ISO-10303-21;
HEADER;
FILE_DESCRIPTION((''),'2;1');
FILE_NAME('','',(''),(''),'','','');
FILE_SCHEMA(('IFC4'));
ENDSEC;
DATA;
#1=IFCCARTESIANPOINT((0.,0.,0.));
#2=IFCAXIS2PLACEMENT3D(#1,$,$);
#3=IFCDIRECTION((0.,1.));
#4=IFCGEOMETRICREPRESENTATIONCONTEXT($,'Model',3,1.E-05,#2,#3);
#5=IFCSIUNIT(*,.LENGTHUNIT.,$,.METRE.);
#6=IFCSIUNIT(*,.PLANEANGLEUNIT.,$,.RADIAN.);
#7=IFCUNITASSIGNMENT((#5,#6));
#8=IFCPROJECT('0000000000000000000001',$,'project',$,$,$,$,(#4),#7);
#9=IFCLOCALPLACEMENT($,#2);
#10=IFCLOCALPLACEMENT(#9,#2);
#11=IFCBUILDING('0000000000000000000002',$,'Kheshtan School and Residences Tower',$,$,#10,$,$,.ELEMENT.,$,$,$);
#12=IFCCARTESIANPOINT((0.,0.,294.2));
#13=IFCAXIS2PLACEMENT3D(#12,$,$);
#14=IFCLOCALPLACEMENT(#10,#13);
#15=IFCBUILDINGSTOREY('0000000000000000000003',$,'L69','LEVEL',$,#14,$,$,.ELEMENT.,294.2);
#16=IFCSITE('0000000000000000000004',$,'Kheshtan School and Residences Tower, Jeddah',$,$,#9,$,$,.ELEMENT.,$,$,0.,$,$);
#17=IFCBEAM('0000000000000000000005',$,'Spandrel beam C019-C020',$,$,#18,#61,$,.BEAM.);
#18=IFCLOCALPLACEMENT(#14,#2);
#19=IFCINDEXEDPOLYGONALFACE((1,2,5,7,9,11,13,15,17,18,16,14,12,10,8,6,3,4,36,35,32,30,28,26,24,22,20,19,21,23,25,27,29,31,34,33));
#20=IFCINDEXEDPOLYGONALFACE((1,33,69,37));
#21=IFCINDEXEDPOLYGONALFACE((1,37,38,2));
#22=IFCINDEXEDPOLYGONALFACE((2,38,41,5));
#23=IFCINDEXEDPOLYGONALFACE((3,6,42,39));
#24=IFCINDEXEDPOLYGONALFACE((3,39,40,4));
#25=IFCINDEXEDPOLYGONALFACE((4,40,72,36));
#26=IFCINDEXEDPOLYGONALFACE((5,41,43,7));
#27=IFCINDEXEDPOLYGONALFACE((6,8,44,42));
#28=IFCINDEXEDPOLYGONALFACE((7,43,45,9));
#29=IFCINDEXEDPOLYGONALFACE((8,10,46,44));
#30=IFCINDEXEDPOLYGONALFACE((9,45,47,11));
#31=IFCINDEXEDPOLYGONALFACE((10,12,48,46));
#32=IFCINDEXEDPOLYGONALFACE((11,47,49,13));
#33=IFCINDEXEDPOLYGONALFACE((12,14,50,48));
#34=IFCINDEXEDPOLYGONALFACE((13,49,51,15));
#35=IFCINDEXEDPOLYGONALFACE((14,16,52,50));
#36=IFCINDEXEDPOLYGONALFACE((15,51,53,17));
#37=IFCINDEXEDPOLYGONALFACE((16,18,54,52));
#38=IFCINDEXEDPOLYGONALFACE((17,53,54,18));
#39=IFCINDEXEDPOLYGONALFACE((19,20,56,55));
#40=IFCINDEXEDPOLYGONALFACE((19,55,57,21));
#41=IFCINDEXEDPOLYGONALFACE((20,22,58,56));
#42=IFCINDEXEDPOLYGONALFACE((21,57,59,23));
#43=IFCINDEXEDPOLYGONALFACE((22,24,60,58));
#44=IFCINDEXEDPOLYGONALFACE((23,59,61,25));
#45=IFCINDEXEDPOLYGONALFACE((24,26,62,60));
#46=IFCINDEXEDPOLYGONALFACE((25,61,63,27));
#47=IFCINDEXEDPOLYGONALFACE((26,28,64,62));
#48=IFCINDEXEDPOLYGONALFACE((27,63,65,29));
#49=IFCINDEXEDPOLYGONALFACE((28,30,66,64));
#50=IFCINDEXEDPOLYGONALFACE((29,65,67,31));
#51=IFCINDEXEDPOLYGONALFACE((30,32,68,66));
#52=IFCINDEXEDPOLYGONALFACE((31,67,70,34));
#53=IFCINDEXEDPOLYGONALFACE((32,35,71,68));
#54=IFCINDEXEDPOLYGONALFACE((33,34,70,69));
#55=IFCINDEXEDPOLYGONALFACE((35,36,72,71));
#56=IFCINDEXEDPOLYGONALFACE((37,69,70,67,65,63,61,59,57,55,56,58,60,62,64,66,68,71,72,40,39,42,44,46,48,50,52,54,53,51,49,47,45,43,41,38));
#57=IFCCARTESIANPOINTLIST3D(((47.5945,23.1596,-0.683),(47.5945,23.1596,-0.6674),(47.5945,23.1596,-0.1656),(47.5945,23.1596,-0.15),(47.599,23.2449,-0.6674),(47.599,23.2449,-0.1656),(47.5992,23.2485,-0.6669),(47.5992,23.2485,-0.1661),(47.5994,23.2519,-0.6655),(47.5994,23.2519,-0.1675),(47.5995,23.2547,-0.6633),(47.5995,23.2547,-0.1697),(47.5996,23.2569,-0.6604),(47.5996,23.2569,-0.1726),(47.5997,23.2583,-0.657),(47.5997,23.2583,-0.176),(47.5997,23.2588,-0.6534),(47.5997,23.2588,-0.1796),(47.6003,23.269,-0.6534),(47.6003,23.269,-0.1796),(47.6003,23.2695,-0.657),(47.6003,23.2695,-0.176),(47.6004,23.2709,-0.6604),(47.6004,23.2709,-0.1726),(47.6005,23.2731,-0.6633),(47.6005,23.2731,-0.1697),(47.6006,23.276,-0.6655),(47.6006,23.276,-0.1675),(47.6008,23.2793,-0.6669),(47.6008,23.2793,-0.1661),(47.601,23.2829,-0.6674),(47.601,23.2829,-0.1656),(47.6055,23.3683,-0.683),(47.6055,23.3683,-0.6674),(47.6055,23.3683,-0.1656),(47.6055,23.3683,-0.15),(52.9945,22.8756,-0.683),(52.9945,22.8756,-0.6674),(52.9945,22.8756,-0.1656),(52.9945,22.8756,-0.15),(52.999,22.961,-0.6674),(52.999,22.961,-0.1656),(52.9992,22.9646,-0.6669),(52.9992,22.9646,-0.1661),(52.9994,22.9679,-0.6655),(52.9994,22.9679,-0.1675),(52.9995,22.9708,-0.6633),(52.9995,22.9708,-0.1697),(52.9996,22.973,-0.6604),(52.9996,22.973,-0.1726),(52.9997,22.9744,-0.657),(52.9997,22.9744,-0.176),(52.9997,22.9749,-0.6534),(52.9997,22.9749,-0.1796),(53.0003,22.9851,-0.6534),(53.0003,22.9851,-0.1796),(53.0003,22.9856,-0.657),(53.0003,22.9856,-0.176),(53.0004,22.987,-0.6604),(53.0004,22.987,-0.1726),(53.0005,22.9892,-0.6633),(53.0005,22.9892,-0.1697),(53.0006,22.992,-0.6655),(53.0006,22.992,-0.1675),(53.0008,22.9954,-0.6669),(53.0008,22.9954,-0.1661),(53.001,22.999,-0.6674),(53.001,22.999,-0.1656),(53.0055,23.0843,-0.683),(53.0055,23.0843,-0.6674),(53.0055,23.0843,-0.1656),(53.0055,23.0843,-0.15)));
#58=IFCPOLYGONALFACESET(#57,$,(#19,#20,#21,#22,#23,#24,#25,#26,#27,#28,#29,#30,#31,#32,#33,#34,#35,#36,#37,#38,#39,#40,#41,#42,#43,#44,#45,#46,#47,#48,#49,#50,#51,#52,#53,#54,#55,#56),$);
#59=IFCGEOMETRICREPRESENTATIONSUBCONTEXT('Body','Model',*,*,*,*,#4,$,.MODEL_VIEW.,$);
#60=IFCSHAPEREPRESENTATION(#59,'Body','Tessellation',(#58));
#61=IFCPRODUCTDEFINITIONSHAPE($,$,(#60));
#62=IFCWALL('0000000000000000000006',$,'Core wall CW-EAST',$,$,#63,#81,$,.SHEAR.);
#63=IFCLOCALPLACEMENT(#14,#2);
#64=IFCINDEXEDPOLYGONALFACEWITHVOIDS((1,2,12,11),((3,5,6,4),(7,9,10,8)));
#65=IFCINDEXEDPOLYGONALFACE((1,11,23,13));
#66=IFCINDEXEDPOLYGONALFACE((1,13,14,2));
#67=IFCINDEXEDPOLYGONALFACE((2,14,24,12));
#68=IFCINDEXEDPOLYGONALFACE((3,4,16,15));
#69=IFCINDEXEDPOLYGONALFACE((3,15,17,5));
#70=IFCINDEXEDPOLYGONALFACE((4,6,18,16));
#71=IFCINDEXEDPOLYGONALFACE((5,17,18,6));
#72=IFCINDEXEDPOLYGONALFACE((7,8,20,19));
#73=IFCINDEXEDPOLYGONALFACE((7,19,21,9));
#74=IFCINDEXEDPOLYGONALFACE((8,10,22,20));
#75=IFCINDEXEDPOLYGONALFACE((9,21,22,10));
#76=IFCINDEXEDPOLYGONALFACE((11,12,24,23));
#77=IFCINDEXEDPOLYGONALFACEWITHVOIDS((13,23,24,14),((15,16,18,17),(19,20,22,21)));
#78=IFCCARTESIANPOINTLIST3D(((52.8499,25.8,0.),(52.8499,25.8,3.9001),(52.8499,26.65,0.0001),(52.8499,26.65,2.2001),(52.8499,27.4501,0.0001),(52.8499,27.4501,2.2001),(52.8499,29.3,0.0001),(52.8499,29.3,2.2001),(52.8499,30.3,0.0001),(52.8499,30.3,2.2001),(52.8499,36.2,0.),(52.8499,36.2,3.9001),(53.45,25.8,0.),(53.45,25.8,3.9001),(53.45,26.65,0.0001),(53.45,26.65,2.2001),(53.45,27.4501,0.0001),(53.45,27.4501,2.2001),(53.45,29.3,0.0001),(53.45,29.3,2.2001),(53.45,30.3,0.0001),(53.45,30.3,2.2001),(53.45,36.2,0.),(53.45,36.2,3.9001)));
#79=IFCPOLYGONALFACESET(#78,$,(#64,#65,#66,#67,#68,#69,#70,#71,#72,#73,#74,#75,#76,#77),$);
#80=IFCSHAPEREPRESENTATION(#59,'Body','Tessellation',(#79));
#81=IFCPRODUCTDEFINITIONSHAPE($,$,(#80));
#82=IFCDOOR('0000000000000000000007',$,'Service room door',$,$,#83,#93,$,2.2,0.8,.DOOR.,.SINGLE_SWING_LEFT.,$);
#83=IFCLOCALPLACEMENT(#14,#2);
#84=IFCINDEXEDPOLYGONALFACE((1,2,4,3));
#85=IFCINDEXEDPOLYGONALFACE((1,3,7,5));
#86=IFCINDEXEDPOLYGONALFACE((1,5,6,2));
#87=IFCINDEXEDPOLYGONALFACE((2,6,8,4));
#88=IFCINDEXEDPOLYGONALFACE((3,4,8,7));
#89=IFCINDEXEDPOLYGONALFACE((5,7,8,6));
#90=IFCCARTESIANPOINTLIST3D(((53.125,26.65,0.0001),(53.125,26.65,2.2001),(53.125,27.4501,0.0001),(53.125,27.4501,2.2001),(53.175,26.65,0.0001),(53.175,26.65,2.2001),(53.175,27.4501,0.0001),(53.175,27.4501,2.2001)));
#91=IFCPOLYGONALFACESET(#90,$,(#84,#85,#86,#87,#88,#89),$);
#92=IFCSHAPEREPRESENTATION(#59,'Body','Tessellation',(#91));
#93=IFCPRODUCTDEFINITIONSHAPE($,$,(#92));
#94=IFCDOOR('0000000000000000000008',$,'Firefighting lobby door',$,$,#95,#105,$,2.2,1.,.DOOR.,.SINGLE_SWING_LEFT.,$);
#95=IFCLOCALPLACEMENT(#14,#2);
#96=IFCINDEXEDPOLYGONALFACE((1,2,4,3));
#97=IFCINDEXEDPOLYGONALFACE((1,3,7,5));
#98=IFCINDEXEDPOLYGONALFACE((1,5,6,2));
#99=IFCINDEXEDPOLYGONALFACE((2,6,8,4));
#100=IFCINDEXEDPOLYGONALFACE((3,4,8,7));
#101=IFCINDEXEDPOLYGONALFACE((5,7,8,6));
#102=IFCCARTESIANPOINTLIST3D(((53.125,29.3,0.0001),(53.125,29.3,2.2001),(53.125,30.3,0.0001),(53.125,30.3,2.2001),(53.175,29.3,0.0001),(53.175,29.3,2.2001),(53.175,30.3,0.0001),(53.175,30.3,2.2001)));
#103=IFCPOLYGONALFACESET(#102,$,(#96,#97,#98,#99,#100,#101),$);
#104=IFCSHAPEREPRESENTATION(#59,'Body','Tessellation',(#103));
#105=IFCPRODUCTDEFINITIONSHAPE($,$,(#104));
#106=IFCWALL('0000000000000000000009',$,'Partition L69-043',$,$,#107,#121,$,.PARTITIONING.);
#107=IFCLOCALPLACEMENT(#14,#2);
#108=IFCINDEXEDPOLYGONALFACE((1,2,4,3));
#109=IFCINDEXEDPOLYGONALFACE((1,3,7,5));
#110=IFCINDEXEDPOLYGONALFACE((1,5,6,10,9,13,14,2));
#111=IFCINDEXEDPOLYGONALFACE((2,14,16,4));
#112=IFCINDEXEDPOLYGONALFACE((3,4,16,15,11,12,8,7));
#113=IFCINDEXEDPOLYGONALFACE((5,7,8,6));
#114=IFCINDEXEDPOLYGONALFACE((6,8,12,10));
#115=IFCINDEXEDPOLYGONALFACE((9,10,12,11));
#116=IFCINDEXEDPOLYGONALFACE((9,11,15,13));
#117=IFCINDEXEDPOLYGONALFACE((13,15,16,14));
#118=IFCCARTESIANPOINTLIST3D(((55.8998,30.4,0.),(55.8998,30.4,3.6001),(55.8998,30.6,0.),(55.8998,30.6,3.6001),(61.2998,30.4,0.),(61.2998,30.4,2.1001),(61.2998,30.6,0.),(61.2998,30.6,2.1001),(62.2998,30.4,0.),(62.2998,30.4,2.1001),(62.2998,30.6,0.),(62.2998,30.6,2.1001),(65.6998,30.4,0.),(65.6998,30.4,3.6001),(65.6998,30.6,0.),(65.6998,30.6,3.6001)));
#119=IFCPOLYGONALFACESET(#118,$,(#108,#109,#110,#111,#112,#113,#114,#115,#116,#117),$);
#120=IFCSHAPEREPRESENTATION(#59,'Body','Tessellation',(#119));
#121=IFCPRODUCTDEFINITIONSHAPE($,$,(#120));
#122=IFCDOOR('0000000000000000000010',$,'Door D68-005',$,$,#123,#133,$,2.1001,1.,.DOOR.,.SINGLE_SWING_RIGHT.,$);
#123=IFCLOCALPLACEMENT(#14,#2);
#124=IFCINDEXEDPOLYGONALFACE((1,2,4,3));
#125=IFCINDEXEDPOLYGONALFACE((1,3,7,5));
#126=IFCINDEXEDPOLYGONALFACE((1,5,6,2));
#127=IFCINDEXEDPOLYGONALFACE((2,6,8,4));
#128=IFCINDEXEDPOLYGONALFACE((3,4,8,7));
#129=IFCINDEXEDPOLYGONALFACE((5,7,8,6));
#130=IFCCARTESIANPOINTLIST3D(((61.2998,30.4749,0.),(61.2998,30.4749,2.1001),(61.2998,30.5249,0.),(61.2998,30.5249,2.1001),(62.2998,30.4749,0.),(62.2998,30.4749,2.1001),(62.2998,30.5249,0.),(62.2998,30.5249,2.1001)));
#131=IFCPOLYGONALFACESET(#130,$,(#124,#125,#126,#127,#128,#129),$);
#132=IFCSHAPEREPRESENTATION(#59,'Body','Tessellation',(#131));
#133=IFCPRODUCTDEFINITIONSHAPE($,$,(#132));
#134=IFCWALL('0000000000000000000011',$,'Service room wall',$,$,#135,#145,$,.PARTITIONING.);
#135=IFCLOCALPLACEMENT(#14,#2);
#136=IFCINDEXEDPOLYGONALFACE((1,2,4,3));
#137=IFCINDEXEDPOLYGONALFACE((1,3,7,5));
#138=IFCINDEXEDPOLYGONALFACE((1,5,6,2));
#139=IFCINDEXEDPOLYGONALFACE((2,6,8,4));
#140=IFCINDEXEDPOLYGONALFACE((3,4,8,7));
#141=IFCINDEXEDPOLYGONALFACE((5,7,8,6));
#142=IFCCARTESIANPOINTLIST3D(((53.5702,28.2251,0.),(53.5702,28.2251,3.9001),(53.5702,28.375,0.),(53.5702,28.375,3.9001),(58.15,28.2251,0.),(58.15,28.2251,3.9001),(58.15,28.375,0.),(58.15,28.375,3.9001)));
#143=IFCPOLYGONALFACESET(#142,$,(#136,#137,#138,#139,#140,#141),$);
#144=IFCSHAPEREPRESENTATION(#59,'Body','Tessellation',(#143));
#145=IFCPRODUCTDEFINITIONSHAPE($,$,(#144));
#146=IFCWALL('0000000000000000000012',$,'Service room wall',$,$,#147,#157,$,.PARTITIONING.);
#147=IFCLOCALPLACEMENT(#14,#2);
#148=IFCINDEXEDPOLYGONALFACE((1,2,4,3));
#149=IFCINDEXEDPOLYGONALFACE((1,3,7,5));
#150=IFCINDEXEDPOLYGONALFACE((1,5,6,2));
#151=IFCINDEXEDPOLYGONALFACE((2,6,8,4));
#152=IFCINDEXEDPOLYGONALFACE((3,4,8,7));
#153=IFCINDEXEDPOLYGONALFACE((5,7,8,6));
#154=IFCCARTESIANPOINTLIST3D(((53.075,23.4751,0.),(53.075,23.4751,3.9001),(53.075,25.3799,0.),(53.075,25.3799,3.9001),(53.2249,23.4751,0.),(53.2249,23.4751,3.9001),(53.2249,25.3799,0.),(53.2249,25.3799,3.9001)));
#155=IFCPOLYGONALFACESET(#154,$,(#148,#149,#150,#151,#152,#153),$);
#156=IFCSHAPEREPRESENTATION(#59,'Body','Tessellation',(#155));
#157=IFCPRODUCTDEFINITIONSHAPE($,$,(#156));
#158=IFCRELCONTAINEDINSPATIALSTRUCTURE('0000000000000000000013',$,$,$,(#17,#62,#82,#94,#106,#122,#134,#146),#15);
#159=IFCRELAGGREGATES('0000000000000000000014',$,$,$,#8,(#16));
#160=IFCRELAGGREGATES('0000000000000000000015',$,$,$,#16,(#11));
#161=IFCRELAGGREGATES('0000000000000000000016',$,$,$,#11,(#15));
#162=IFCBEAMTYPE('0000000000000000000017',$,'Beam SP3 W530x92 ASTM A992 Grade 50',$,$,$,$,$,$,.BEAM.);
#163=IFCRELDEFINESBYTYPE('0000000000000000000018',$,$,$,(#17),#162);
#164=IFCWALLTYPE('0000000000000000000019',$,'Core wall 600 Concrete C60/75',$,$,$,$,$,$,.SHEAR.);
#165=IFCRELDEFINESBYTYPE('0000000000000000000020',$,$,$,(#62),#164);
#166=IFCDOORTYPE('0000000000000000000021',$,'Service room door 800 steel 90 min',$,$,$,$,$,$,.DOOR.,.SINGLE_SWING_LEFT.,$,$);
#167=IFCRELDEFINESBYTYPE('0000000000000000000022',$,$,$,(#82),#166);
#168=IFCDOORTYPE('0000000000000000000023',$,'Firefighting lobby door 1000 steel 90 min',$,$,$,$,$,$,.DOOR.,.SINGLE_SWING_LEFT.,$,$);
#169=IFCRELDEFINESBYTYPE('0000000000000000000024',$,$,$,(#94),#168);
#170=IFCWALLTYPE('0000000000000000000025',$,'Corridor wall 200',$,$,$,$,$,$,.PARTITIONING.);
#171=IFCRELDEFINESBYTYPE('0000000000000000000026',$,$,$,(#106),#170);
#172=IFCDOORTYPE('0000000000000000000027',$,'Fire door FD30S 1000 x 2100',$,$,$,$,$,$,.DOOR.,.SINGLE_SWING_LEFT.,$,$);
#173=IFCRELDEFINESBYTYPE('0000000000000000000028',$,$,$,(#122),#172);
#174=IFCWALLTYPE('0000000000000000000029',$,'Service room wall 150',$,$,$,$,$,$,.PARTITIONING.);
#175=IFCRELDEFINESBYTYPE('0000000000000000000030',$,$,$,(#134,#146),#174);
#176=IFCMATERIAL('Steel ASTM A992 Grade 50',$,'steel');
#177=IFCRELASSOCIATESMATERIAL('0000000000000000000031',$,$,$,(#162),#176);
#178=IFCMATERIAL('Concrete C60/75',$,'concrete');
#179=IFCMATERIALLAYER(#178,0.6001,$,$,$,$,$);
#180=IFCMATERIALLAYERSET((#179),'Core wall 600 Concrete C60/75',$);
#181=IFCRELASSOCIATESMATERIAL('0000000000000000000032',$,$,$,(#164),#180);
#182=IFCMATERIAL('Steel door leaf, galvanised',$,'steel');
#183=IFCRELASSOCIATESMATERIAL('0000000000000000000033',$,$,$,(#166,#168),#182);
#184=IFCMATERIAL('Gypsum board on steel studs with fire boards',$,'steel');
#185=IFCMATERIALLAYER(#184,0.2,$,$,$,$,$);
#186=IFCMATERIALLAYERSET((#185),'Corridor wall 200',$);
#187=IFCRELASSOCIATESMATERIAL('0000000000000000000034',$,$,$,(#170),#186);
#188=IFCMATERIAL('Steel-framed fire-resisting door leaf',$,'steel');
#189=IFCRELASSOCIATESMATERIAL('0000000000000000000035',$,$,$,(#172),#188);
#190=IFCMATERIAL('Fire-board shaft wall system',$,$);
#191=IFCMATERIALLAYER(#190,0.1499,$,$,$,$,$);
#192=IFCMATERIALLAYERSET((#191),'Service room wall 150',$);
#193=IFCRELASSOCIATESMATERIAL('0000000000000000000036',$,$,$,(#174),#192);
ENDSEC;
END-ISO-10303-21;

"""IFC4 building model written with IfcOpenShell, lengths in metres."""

from ifc_helpers import new_model, si_unit, direction, frame, frame_2d, origin, origin_2d, place, context, subcontext, project, spatial, rectangle, i_section, extrude, source, transform, mapped, material, layer, layer_set, material_profile, profile_set, type_object, element, fill, save


model = new_model("IFC4")

# Units and contexts
model_context = context("Model", 3, precision=1e-05, world=origin(), true_north=direction((0.0, 1.0)))
body_context = subcontext(model_context, "Body", "Model", "MODEL_VIEW")
ifc_project = project(units=[si_unit("LENGTHUNIT", "METRE"), si_unit("PLANEANGLEUNIT", "RADIAN")], contexts=[model_context])

# Site, building, storey
site_placement = place(None, origin())
site = spatial("IfcSite", under=ifc_project, at=site_placement, Name="Kheshtan School and Residences Tower, Jeddah", CompositionType="ELEMENT", RefElevation=0.0)
building_placement = place(site_placement, origin())
building = spatial("IfcBuilding", under=site, at=building_placement, Name="Kheshtan School and Residences Tower", CompositionType="ELEMENT")
storey_placement = place(building_placement, frame((0.0, 0.0, 294.2)))
storey = spatial("IfcBuildingStorey", under=building, at=storey_placement, Name="L69", Description="LEVEL", CompositionType="ELEMENT", Elevation=294.2)

# Shared definitions
ifc_material_1 = material(Name="Steel ASTM A992 Grade 50", Category="steel")

# Beam
ifc_material_profile_1 = material_profile(ifc_material_1, i_section(OverallWidth=0.209, OverallDepth=0.533, WebThickness=0.0103, FlangeThickness=0.0156, FilletRadius=0.0139, at=origin_2d()), Name="W530x92")
ifc_profile_set_1 = profile_set([ifc_material_profile_1], Name="Steel ASTM A992 Grade 50")
beam_type_1 = type_object("IfcBeamType", Name="Beam SP3 W530x92 ASTM A992 Grade 50", PredefinedType="BEAM", material=ifc_profile_set_1)
for number, where, z_axis, x_axis, name in (
    (1, (53.0, 22.98, -0.4165), (-0.99862, 0.052509, 0.0), (-0.052509, -0.99862, 0.0), "Spandrel beam C019-C020"),
):
    element("IfcBeam", number, at=place(storey_placement, frame(where, z_axis=z_axis, x_axis=x_axis)), inside=storey, type_object=beam_type_1, Name=name, PredefinedType="BEAM", context=body_context, shape_type="SweptSolid", body=[
        extrude(i_section(OverallWidth=0.209, OverallDepth=0.533, WebThickness=0.0103, FlangeThickness=0.0156, FilletRadius=0.0139, at=origin_2d()), origin(), (0.0, 0.0, 1.0), 5.4075),
    ])

# Wall, openings, doors
ifc_material_2 = material(Name="Concrete C60/75", Category="concrete")
ifc_layer_1 = layer(ifc_material_2, 0.6001)
ifc_layer_set_1 = layer_set([ifc_layer_1], Name="Core wall 600 Concrete C60/75")
wall_type_1 = type_object("IfcWallType", Name="Core wall 600 Concrete C60/75", PredefinedType="SHEAR", material=ifc_layer_set_1)
wall_1_placement = place(storey_placement, frame((53.1499, 25.8, 0.0), z_axis=(0.0, 0.0, 1.0), x_axis=(0.0, 1.0, 0.0)))
wall_1 = element("IfcWall", 2, at=wall_1_placement, inside=storey, type_object=wall_type_1, Name="Core wall CW-EAST", PredefinedType="SHEAR", context=body_context, shape_type="SweptSolid", body=[
    extrude(rectangle(XDim=10.3999, YDim=0.6001, at=frame_2d((5.2, 0.0))), origin(), (0.0, 0.0, 1.0), 3.9001),
])
opening_1_placement = place(wall_1_placement, frame((0.8501, 0.0, 0.0)))
opening_1 = element("IfcOpeningElement", 3, at=opening_1_placement, cuts=wall_1, PredefinedType="OPENING", context=body_context, shape_type="SweptSolid", body=[
    extrude(rectangle(XDim=0.8, YDim=2.2, at=frame_2d((0.3999, 1.1001))), frame((0.0, 0.3101, 0.0), z_axis=(0.0, -1.0, 0.0), x_axis=(1.0, 0.0, 0.0)), (0.0, 0.0, 1.0), 0.6201),
])
opening_2_placement = place(wall_1_placement, frame((3.5, 0.0, 0.0)))
opening_2 = element("IfcOpeningElement", 4, at=opening_2_placement, cuts=wall_1, PredefinedType="OPENING", context=body_context, shape_type="SweptSolid", body=[
    extrude(rectangle(XDim=1.0, YDim=2.2, at=frame_2d((0.5, 1.1001))), frame((0.0, 0.3101, 0.0), z_axis=(0.0, -1.0, 0.0), x_axis=(1.0, 0.0, 0.0)), (0.0, 0.0, 1.0), 0.6201),
])
ifc_material_3 = material(Name="Steel door leaf, galvanised", Category="steel")
door_type_1 = type_object("IfcDoorType", Name="Service room door 800 steel 90 min", OperationType="SINGLE_SWING_LEFT", PredefinedType="DOOR", material=ifc_material_3)
shared_shape_1 = source(origin(), body_context, "Body", "SweptSolid", [
    extrude(rectangle(XDim=0.8, YDim=2.2, at=frame_2d((0.3999, 1.1001))), frame((0.0, 0.0249, 0.0), z_axis=(0.0, -1.0, 0.0), x_axis=(1.0, 0.0, 0.0)), (0.0, 0.0, 1.0), 0.05),
])
door_1_placement = place(opening_1_placement, origin())
door_1 = element("IfcDoor", 5, at=door_1_placement, inside=storey, type_object=door_type_1, Name="Service room door", OperationType="SINGLE_SWING_LEFT", OverallHeight=2.2, OverallWidth=0.8, PredefinedType="DOOR", context=body_context, shape_type="MappedRepresentation", body=[
    mapped(shared_shape_1, transform((0.0, 0.0, 0.0), x_axis=(1.0, 0.0, 0.0), y_axis=(0.0, 1.0, 0.0), z_axis=(0.0, 0.0, 1.0), scale=1.0)),
])
fill(opening_1, door_1)
door_type_2 = type_object("IfcDoorType", Name="Firefighting lobby door 1000 steel 90 min", OperationType="SINGLE_SWING_LEFT", PredefinedType="DOOR", material=ifc_material_3)
shared_shape_2 = source(origin(), body_context, "Body", "SweptSolid", [
    extrude(rectangle(XDim=1.0, YDim=2.2, at=frame_2d((0.5, 1.1001))), frame((0.0, 0.0249, 0.0), z_axis=(0.0, -1.0, 0.0), x_axis=(1.0, 0.0, 0.0)), (0.0, 0.0, 1.0), 0.05),
])
door_2_placement = place(opening_2_placement, origin())
door_2 = element("IfcDoor", 6, at=door_2_placement, inside=storey, type_object=door_type_2, Name="Firefighting lobby door", OperationType="SINGLE_SWING_LEFT", OverallHeight=2.2, OverallWidth=1.0, PredefinedType="DOOR", context=body_context, shape_type="MappedRepresentation", body=[
    mapped(shared_shape_2, transform((0.0, 0.0, 0.0), x_axis=(1.0, 0.0, 0.0), y_axis=(0.0, 1.0, 0.0), z_axis=(0.0, 0.0, 1.0), scale=1.0)),
])
fill(opening_2, door_2)

# Wall, opening, door
ifc_material_4 = material(Name="Gypsum board on steel studs with fire boards", Category="steel")
ifc_layer_2 = layer(ifc_material_4, 0.2)
ifc_layer_set_2 = layer_set([ifc_layer_2], Name="Corridor wall 200")
wall_type_2 = type_object("IfcWallType", Name="Corridor wall 200", PredefinedType="PARTITIONING", material=ifc_layer_set_2)
wall_2_placement = place(storey_placement, frame((55.8999, 30.5, 0.0), z_axis=(0.0, 0.0, 1.0), x_axis=(1.0, 0.0, 0.0)))
wall_2 = element("IfcWall", 7, at=wall_2_placement, inside=storey, type_object=wall_type_2, Name="Partition L69-043", PredefinedType="PARTITIONING", context=body_context, shape_type="SweptSolid", body=[
    extrude(rectangle(XDim=9.8, YDim=0.2, at=frame_2d((4.8999, 0.0))), origin(), (0.0, 0.0, 1.0), 3.6001),
])
opening_3_placement = place(wall_2_placement, frame((5.3999, 0.0, 0.0)))
opening_3 = element("IfcOpeningElement", 8, at=opening_3_placement, cuts=wall_2, PredefinedType="OPENING", context=body_context, shape_type="SweptSolid", body=[
    extrude(rectangle(XDim=1.0, YDim=2.1001, at=frame_2d((0.5, 1.05))), frame((0.0, 0.1099, 0.0), z_axis=(0.0, -1.0, 0.0), x_axis=(1.0, 0.0, 0.0)), (0.0, 0.0, 1.0), 0.22),
])
ifc_material_5 = material(Name="Steel-framed fire-resisting door leaf", Category="steel")
door_type_3 = type_object("IfcDoorType", Name="Fire door FD30S 1000 x 2100", OperationType="SINGLE_SWING_LEFT", PredefinedType="DOOR", material=ifc_material_5)
shared_shape_3 = source(origin(), body_context, "Body", "SweptSolid", [
    extrude(rectangle(XDim=1.0, YDim=2.1001, at=frame_2d((0.5, 1.05))), frame((0.0, 0.0249, 0.0), z_axis=(0.0, -1.0, 0.0), x_axis=(1.0, 0.0, 0.0)), (0.0, 0.0, 1.0), 0.05),
])
door_3_placement = place(opening_3_placement, origin())
door_3 = element("IfcDoor", 9, at=door_3_placement, inside=storey, type_object=door_type_3, Name="Door D68-005", OperationType="SINGLE_SWING_RIGHT", OverallHeight=2.1001, OverallWidth=1.0, PredefinedType="DOOR", context=body_context, shape_type="MappedRepresentation", body=[
    mapped(shared_shape_3, transform((0.0, 0.0, 0.0), x_axis=(1.0, 0.0, 0.0), y_axis=(0.0, 1.0, 0.0), z_axis=(0.0, 0.0, 1.0), scale=1.0)),
])
fill(opening_3, door_3)

# Walls
ifc_material_6 = material(Name="Fire-board shaft wall system")
ifc_layer_3 = layer(ifc_material_6, 0.1499)
ifc_layer_set_3 = layer_set([ifc_layer_3], Name="Service room wall 150")
wall_type_3 = type_object("IfcWallType", Name="Service room wall 150", PredefinedType="PARTITIONING", material=ifc_layer_set_3)
wall_3_placement = place(storey_placement, frame((53.5701, 28.3, 0.0), z_axis=(0.0, 0.0, 1.0), x_axis=(1.0, 0.0, 0.0)))
element("IfcWall", 10, at=wall_3_placement, inside=storey, type_object=wall_type_3, Name="Service room wall", PredefinedType="PARTITIONING", context=body_context, shape_type="SweptSolid", body=[
    extrude(rectangle(XDim=4.5798, YDim=0.1499, at=frame_2d((2.29, 0.0))), origin(), (0.0, 0.0, 1.0), 3.9001),
])
wall_4_placement = place(storey_placement, frame((53.1499, 23.4751, 0.0), z_axis=(0.0, 0.0, 1.0), x_axis=(0.0, 1.0, 0.0)))
element("IfcWall", 11, at=wall_4_placement, inside=storey, type_object=wall_type_3, Name="Service room wall", PredefinedType="PARTITIONING", context=body_context, shape_type="SweptSolid", body=[
    extrude(rectangle(XDim=1.9048, YDim=0.1499, at=frame_2d((0.9524, 0.0))), origin(), (0.0, 0.0, 1.0), 3.9001),
])

save(model, "model.ifc")
